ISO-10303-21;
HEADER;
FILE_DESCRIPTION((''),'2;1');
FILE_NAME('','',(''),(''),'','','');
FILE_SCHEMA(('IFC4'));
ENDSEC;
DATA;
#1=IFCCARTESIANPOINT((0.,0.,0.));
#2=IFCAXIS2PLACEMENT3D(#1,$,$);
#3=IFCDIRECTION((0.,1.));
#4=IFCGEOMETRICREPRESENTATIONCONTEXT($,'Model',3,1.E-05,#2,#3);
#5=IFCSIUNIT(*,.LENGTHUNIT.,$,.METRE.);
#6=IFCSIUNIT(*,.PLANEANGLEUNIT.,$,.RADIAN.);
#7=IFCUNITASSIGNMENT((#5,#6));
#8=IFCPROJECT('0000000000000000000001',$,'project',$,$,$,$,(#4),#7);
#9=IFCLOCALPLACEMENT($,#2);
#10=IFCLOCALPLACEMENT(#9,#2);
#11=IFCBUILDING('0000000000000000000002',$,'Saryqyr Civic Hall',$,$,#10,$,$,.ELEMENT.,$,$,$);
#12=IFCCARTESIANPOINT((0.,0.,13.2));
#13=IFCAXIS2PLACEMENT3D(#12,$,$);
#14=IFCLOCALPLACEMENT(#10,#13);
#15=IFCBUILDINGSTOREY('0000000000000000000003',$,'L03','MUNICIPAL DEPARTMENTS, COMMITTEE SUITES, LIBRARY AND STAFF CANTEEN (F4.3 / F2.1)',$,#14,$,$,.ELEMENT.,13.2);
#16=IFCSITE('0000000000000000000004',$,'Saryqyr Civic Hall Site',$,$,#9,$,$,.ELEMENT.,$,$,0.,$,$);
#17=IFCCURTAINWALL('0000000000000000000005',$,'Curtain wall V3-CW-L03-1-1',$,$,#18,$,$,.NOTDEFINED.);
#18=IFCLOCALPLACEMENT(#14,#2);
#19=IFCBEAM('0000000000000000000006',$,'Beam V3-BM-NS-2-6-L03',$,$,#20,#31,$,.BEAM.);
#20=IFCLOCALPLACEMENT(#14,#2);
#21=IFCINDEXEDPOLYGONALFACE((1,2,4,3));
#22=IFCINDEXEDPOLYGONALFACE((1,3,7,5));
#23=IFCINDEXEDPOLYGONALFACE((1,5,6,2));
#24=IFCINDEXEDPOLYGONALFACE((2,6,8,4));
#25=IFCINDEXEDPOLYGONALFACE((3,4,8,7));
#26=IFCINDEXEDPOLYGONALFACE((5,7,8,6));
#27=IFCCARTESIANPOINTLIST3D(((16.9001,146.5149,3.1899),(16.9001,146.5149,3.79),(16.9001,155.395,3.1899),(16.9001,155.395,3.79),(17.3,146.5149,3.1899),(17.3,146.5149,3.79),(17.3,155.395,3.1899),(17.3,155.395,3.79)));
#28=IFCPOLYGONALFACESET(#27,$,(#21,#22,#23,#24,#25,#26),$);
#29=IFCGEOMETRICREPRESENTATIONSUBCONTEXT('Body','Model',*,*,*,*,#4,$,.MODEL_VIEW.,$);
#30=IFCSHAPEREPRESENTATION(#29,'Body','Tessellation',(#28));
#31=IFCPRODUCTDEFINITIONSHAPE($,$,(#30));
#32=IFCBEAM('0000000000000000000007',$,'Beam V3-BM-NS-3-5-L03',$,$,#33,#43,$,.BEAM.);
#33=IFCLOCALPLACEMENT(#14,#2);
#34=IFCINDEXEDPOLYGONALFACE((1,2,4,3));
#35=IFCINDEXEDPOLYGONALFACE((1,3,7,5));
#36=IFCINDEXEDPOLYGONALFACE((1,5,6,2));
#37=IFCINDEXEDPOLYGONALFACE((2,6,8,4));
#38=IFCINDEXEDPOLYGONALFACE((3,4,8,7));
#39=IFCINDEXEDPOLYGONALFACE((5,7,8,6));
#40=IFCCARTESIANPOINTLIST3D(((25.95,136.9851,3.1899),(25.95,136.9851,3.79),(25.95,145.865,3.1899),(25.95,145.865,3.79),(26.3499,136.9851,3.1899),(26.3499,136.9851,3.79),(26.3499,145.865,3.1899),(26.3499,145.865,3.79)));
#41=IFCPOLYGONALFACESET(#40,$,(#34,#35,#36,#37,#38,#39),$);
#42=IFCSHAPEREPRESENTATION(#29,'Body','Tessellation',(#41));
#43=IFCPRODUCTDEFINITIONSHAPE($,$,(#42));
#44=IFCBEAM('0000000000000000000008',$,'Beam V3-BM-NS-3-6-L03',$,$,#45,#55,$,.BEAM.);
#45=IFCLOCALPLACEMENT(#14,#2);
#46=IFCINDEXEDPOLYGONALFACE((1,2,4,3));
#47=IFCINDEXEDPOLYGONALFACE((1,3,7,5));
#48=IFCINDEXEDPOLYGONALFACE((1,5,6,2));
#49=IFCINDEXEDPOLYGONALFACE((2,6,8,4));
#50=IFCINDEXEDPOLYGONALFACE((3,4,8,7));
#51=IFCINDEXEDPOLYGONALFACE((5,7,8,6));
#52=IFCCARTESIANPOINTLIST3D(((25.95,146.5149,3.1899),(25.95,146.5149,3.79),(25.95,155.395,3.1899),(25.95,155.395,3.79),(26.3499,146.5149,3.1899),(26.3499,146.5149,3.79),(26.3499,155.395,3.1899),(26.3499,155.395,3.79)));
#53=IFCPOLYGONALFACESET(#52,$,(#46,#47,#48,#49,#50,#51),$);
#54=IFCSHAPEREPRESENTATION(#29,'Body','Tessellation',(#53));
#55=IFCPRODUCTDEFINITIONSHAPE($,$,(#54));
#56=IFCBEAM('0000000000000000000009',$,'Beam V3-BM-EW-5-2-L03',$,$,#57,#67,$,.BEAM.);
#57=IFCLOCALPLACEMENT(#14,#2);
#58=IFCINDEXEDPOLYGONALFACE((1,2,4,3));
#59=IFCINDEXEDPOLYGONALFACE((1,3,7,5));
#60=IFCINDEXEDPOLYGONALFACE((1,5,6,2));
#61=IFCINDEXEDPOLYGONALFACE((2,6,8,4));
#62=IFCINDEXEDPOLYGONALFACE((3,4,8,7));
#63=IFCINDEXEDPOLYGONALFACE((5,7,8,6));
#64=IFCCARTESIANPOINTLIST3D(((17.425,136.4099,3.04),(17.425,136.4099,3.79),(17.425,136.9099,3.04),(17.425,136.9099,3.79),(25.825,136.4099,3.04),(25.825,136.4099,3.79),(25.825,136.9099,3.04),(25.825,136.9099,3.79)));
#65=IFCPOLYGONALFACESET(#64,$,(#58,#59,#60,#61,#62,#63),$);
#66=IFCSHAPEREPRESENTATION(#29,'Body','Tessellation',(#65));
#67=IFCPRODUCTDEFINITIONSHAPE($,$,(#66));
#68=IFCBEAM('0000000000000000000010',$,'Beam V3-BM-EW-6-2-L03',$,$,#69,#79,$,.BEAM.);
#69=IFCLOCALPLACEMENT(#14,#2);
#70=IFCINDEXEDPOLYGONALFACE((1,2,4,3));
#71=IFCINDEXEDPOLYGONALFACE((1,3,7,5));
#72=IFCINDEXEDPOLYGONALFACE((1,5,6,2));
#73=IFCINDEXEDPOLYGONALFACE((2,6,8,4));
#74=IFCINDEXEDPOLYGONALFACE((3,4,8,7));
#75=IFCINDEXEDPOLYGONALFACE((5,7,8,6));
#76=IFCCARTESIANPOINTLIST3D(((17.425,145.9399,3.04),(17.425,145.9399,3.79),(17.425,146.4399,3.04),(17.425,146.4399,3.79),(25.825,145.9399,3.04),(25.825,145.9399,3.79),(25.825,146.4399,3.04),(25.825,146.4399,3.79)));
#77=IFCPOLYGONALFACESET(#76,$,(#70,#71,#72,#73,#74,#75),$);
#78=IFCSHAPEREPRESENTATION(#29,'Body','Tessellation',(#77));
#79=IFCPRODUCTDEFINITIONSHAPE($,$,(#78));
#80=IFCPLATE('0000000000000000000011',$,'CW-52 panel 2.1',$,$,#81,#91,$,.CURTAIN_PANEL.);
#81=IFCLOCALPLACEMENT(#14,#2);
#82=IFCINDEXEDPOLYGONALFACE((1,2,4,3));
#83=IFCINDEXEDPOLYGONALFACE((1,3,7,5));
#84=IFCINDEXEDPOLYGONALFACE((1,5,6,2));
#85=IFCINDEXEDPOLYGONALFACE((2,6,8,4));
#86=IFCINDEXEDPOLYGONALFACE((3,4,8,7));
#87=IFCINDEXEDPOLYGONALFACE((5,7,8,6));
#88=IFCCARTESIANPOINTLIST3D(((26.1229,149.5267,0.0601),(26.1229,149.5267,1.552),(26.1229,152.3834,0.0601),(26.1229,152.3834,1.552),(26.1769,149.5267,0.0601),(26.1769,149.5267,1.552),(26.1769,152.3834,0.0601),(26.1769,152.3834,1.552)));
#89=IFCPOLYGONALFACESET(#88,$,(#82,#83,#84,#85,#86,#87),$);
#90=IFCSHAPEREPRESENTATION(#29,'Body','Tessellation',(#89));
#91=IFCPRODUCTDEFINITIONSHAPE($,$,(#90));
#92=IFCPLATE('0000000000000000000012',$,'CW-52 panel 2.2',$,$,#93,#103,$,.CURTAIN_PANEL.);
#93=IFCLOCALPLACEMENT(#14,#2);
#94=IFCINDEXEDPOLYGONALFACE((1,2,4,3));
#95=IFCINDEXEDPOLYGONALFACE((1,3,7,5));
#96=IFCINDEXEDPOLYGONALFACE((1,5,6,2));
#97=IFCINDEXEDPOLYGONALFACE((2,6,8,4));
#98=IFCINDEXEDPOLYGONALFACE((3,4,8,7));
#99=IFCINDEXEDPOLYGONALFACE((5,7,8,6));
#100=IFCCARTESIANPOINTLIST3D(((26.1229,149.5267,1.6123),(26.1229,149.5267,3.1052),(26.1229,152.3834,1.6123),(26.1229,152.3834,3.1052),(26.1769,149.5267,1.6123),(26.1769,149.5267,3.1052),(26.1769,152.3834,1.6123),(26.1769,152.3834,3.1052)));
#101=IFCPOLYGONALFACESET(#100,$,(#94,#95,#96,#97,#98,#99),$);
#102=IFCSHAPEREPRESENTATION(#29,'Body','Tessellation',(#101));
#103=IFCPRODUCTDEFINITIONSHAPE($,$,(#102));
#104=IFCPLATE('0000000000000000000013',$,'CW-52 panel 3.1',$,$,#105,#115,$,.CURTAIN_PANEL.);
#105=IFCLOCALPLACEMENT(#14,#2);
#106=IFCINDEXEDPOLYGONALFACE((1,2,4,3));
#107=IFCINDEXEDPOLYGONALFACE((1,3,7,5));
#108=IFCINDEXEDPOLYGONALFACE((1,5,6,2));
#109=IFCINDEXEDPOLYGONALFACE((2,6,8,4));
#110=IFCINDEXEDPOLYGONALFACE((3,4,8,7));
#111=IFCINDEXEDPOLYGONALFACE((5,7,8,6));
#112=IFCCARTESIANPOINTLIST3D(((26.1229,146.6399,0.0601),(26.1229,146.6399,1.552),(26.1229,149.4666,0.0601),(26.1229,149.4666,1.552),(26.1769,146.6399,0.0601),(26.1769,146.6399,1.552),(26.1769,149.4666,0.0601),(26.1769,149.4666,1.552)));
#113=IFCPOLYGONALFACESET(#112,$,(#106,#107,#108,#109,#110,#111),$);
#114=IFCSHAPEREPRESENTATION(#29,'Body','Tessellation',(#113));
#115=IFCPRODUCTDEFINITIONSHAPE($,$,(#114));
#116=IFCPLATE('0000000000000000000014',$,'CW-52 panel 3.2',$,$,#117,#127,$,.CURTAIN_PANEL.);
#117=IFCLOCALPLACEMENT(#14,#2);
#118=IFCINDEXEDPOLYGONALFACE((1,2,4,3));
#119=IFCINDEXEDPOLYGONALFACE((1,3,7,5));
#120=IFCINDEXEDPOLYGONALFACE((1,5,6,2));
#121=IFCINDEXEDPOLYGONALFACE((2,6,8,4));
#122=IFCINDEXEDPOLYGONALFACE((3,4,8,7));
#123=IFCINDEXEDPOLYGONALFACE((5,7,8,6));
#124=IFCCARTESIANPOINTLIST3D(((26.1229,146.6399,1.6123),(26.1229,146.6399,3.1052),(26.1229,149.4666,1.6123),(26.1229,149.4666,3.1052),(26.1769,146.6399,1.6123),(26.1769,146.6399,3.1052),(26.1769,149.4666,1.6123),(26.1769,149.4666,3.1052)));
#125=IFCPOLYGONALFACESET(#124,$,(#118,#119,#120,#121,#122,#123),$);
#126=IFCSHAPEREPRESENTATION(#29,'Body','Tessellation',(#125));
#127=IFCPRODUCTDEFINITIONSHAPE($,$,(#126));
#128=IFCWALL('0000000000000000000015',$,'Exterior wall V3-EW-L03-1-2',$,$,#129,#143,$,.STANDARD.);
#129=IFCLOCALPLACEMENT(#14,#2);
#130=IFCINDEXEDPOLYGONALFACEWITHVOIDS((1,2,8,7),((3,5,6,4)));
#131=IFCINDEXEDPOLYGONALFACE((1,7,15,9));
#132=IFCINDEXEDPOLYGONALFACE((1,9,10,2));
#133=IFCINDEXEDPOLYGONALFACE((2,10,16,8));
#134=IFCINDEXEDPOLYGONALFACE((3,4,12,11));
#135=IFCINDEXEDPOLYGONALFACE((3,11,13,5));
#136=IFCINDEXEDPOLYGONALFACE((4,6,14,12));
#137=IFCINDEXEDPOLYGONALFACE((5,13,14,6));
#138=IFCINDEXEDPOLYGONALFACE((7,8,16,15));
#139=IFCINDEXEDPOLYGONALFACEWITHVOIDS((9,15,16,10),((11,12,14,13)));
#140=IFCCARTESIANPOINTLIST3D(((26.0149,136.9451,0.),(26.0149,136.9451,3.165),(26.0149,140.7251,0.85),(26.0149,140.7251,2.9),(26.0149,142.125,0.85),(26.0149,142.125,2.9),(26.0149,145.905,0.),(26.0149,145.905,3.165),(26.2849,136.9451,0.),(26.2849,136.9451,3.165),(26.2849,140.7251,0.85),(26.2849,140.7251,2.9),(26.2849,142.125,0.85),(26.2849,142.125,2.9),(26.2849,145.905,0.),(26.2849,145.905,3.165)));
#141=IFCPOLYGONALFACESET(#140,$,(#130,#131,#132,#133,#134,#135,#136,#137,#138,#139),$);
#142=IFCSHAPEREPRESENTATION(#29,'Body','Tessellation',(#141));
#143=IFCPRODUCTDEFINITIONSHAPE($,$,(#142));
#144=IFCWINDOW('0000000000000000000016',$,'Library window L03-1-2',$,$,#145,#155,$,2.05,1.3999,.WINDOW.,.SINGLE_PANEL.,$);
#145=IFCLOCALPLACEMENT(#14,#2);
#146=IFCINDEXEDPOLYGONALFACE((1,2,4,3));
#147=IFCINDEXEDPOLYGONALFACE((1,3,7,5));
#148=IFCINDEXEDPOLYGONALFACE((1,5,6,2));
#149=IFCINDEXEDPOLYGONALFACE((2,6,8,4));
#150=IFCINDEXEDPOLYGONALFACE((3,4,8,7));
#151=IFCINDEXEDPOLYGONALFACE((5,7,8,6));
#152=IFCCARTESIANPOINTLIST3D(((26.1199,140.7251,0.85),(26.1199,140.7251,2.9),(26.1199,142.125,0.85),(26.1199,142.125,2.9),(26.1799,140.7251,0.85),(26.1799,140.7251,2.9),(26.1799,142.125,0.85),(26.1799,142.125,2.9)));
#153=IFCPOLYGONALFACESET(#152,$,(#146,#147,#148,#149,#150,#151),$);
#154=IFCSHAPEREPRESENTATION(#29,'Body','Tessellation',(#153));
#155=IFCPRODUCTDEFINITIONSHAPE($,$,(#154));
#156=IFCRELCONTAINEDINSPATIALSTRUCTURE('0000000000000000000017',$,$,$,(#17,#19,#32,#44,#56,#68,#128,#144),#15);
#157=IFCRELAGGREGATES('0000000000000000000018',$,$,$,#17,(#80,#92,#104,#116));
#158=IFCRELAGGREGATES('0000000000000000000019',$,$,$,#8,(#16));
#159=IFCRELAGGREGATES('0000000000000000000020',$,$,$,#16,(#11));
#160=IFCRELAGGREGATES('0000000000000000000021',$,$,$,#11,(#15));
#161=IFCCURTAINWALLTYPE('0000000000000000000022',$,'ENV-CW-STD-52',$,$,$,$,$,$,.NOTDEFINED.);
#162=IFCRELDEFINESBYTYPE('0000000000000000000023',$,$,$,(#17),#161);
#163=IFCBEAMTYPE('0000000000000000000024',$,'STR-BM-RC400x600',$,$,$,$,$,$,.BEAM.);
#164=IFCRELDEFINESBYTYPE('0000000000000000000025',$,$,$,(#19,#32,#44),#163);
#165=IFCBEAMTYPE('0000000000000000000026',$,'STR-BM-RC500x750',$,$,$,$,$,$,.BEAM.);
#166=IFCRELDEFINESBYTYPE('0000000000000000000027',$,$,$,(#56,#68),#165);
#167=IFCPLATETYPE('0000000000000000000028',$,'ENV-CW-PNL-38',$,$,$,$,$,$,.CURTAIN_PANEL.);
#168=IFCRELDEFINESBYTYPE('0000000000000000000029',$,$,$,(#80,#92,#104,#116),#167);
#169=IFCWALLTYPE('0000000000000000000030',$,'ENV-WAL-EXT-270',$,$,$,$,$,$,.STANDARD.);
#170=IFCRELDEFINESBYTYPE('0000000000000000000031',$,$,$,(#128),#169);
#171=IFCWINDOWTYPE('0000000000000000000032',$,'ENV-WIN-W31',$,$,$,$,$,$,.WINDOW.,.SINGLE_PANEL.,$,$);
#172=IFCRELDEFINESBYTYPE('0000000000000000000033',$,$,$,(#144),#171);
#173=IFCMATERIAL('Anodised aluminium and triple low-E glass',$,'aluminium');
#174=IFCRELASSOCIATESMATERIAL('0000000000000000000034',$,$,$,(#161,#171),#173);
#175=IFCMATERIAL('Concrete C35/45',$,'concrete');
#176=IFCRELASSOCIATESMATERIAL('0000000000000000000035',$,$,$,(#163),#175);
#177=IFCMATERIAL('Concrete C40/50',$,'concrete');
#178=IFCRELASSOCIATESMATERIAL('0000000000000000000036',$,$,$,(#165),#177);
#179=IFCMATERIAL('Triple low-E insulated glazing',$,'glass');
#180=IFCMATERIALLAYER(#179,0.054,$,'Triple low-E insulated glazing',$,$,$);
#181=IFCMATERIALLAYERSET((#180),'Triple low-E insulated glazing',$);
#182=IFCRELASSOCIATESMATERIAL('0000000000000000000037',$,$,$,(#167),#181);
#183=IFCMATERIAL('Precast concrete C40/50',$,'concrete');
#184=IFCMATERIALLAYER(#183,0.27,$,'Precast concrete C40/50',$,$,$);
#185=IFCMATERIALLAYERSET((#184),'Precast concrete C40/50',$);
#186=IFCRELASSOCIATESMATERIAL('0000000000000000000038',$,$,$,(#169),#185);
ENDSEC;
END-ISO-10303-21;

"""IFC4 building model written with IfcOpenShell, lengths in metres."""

from ifc_helpers import new_model, si_unit, direction, frame, frame_2d, origin, origin_2d, place, context, subcontext, project, spatial, rectangle, extrude, material, layer, layer_set, material_profile, profile_set, type_object, element, fill, aggregate, save


model = new_model("IFC4")

# Units and contexts
model_context = context("Model", 3, precision=1e-05, world=origin(), true_north=direction((0.0, 1.0)))
body_context = subcontext(model_context, "Body", "Model", "MODEL_VIEW")
ifc_project = project(units=[si_unit("LENGTHUNIT", "METRE"), si_unit("PLANEANGLEUNIT", "RADIAN")], contexts=[model_context])

# Site, building, storey
site_placement = place(None, origin())
site = spatial("IfcSite", under=ifc_project, at=site_placement, Name="Saryqyr Civic Hall Site", CompositionType="ELEMENT", RefElevation=0.0)
building_placement = place(site_placement, origin())
building = spatial("IfcBuilding", under=site, at=building_placement, Name="Saryqyr Civic Hall", CompositionType="ELEMENT")
storey_placement = place(building_placement, frame((0.0, 0.0, 13.2)))
storey = spatial("IfcBuildingStorey", under=building, at=storey_placement, Name="L03", Description="MUNICIPAL DEPARTMENTS, COMMITTEE SUITES, LIBRARY AND STAFF CANTEEN (F4.3 / F2.1)", CompositionType="ELEMENT", Elevation=13.2)

# Shared definitions
ifc_material_1 = material(Name="Concrete C40/50", Category="concrete")

# Curtain wall
ifc_material_2 = material(Name="Anodised aluminium and triple low-E glass", Category="aluminium")
curtain_wall_type = type_object("IfcCurtainWallType", Name="ENV-CW-STD-52", PredefinedType="NOTDEFINED", material=ifc_material_2)
curtain_wall_1_placement = place(storey_placement, origin())
curtain_wall_1 = element("IfcCurtainWall", 1, at=curtain_wall_1_placement, inside=storey, type_object=curtain_wall_type, Name="Curtain wall V3-CW-L03-1-1", PredefinedType="NOTDEFINED")

# Beams
ifc_material_3 = material(Name="Concrete C35/45", Category="concrete")
ifc_material_profile_1 = material_profile(ifc_material_3, rectangle(XDim=0.3999, YDim=0.6001, at=origin_2d()), Name="RC 400x600")
ifc_profile_set_1 = profile_set([ifc_material_profile_1], Name="Concrete C35/45")
beam_type_1 = type_object("IfcBeamType", Name="STR-BM-RC400x600", PredefinedType="BEAM", material=ifc_profile_set_1)
beam_1_placement = place(storey_placement, frame((17.1001, 146.5149, 3.49), z_axis=(0.0, 1.0, 0.0), x_axis=(-1.0, 0.0, 0.0)))
element("IfcBeam", 2, at=beam_1_placement, inside=storey, type_object=beam_type_1, Name="Beam V3-BM-NS-2-6-L03", PredefinedType="BEAM", context=body_context, shape_type="SweptSolid", body=[
    extrude(rectangle(XDim=0.3999, YDim=0.6001, at=origin_2d()), origin(), (0.0, 0.0, 1.0), 8.8801),
])
beam_2_placement = place(storey_placement, frame((26.1499, 136.9851, 3.49), z_axis=(0.0, 1.0, 0.0), x_axis=(-1.0, 0.0, 0.0)))
element("IfcBeam", 3, at=beam_2_placement, inside=storey, type_object=beam_type_1, Name="Beam V3-BM-NS-3-5-L03", PredefinedType="BEAM", context=body_context, shape_type="SweptSolid", body=[
    extrude(rectangle(XDim=0.3999, YDim=0.6001, at=origin_2d()), origin(), (0.0, 0.0, 1.0), 8.8799),
])
beam_3_placement = place(storey_placement, frame((26.1499, 146.5149, 3.49), z_axis=(0.0, 1.0, 0.0), x_axis=(-1.0, 0.0, 0.0)))
element("IfcBeam", 4, at=beam_3_placement, inside=storey, type_object=beam_type_1, Name="Beam V3-BM-NS-3-6-L03", PredefinedType="BEAM", context=body_context, shape_type="SweptSolid", body=[
    extrude(rectangle(XDim=0.3999, YDim=0.6001, at=origin_2d()), origin(), (0.0, 0.0, 1.0), 8.8801),
])
ifc_material_profile_2 = material_profile(ifc_material_1, rectangle(XDim=0.5, YDim=0.75, at=origin_2d()), Name="RC 500x750")
ifc_profile_set_2 = profile_set([ifc_material_profile_2], Name="Concrete C40/50")
beam_type_2 = type_object("IfcBeamType", Name="STR-BM-RC500x750", PredefinedType="BEAM", material=ifc_profile_set_2)
for number, where, z_axis, x_axis, name in (
    (5, (17.425, 136.6599, 3.415), (1.0, 0.0, 0.0), (0.0, 1.0, 0.0), "Beam V3-BM-EW-5-2-L03"),
    (6, (17.425, 146.1899, 3.415), (1.0, 0.0, 0.0), (0.0, 1.0, 0.0), "Beam V3-BM-EW-6-2-L03"),
):
    element("IfcBeam", number, at=place(storey_placement, frame(where, z_axis=z_axis, x_axis=x_axis)), inside=storey, type_object=beam_type_2, Name=name, PredefinedType="BEAM", context=body_context, shape_type="SweptSolid", body=[
        extrude(rectangle(XDim=0.5, YDim=0.75, at=origin_2d()), origin(), (0.0, 0.0, 1.0), 8.3999),
    ])

# Plates
ifc_material_4 = material(Name="Triple low-E insulated glazing", Category="glass")
ifc_layer_1 = layer(ifc_material_4, 0.054, Name="Triple low-E insulated glazing")
ifc_layer_set_1 = layer_set([ifc_layer_1], Name="Triple low-E insulated glazing")
plate_type = type_object("IfcPlateType", Name="ENV-CW-PNL-38", PredefinedType="CURTAIN_PANEL", material=ifc_layer_set_1)
plate_1_placement = place(storey_placement, frame((26.1499, 150.9551, 0.0601), z_axis=(0.0, 0.0, 1.0), x_axis=(0.0, -1.0, 0.0)))
plate_1 = element("IfcPlate", 7, at=plate_1_placement, type_object=plate_type, Name="CW-52 panel 2.1", PredefinedType="CURTAIN_PANEL", context=body_context, shape_type="SweptSolid", body=[
    extrude(rectangle(XDim=2.8567, YDim=0.054, at=origin_2d()), origin(), (0.0, 0.0, 1.0), 1.4919),
])
plate_2_placement = place(storey_placement, frame((26.1499, 150.9551, 1.6123), z_axis=(0.0, 0.0, 1.0), x_axis=(0.0, -1.0, 0.0)))
plate_2 = element("IfcPlate", 8, at=plate_2_placement, type_object=plate_type, Name="CW-52 panel 2.2", PredefinedType="CURTAIN_PANEL", context=body_context, shape_type="SweptSolid", body=[
    extrude(rectangle(XDim=2.8567, YDim=0.054, at=origin_2d()), origin(), (0.0, 0.0, 1.0), 1.4929),
])
plate_3_placement = place(storey_placement, frame((26.1499, 148.0532, 0.0601), z_axis=(0.0, 0.0, 1.0), x_axis=(0.0, -1.0, 0.0)))
plate_3 = element("IfcPlate", 9, at=plate_3_placement, type_object=plate_type, Name="CW-52 panel 3.1", PredefinedType="CURTAIN_PANEL", context=body_context, shape_type="SweptSolid", body=[
    extrude(rectangle(XDim=2.8267, YDim=0.054, at=origin_2d()), origin(), (0.0, 0.0, 1.0), 1.4919),
])
plate_4_placement = place(storey_placement, frame((26.1499, 148.0532, 1.6123), z_axis=(0.0, 0.0, 1.0), x_axis=(0.0, -1.0, 0.0)))
plate_4 = element("IfcPlate", 10, at=plate_4_placement, type_object=plate_type, Name="CW-52 panel 3.2", PredefinedType="CURTAIN_PANEL", context=body_context, shape_type="SweptSolid", body=[
    extrude(rectangle(XDim=2.8267, YDim=0.054, at=origin_2d()), origin(), (0.0, 0.0, 1.0), 1.4929),
])
aggregate(curtain_wall_1, [plate_1, plate_2, plate_3, plate_4])

# Wall, opening, window
ifc_material_5 = material(Name="Precast concrete C40/50", Category="concrete")
ifc_layer_2 = layer(ifc_material_5, 0.27, Name="Precast concrete C40/50")
ifc_layer_set_2 = layer_set([ifc_layer_2], Name="Precast concrete C40/50")
wall_type = type_object("IfcWallType", Name="ENV-WAL-EXT-270", PredefinedType="STANDARD", material=ifc_layer_set_2)
wall_placement = place(storey_placement, frame((26.1499, 145.905, 0.0), z_axis=(0.0, 0.0, 1.0), x_axis=(0.0, -1.0, 0.0)))
wall = element("IfcWall", 11, at=wall_placement, inside=storey, type_object=wall_type, Name="Exterior wall V3-EW-L03-1-2", PredefinedType="STANDARD", context=body_context, shape_type="SweptSolid", body=[
    extrude(rectangle(XDim=8.96, YDim=0.27, at=frame_2d((4.48, 0.0))), origin(), (0.0, 0.0, 1.0), 3.165),
])
opening_placement = place(wall_placement, frame((3.78, 0.0, 0.8501)))
opening = element("IfcOpeningElement", 12, at=opening_placement, cuts=wall, PredefinedType="OPENING", context=body_context, shape_type="SweptSolid", body=[
    extrude(rectangle(XDim=1.3999, YDim=2.05, at=frame_2d((0.7, 1.0249))), frame((0.0, 0.145, 0.0), z_axis=(0.0, -1.0, 0.0), x_axis=(1.0, 0.0, 0.0)), (0.0, 0.0, 1.0), 0.29),
])
window_type = type_object("IfcWindowType", Name="ENV-WIN-W31", PartitioningType="SINGLE_PANEL", PredefinedType="WINDOW", material=ifc_material_2)
window_placement = place(opening_placement, origin())
window = element("IfcWindow", 13, at=window_placement, inside=storey, type_object=window_type, Name="Library window L03-1-2", OverallHeight=2.05, OverallWidth=1.3999, PartitioningType="SINGLE_PANEL", PredefinedType="WINDOW", context=body_context, shape_type="SweptSolid", body=[
    extrude(rectangle(XDim=1.3999, YDim=2.05, at=frame_2d((0.7, 1.0249))), frame((0.0, 0.03, 0.0), z_axis=(0.0, -1.0, 0.0), x_axis=(1.0, 0.0, 0.0)), (0.0, 0.0, 1.0), 0.0601),
])
fill(opening, window)

save(model, "model.ifc")
